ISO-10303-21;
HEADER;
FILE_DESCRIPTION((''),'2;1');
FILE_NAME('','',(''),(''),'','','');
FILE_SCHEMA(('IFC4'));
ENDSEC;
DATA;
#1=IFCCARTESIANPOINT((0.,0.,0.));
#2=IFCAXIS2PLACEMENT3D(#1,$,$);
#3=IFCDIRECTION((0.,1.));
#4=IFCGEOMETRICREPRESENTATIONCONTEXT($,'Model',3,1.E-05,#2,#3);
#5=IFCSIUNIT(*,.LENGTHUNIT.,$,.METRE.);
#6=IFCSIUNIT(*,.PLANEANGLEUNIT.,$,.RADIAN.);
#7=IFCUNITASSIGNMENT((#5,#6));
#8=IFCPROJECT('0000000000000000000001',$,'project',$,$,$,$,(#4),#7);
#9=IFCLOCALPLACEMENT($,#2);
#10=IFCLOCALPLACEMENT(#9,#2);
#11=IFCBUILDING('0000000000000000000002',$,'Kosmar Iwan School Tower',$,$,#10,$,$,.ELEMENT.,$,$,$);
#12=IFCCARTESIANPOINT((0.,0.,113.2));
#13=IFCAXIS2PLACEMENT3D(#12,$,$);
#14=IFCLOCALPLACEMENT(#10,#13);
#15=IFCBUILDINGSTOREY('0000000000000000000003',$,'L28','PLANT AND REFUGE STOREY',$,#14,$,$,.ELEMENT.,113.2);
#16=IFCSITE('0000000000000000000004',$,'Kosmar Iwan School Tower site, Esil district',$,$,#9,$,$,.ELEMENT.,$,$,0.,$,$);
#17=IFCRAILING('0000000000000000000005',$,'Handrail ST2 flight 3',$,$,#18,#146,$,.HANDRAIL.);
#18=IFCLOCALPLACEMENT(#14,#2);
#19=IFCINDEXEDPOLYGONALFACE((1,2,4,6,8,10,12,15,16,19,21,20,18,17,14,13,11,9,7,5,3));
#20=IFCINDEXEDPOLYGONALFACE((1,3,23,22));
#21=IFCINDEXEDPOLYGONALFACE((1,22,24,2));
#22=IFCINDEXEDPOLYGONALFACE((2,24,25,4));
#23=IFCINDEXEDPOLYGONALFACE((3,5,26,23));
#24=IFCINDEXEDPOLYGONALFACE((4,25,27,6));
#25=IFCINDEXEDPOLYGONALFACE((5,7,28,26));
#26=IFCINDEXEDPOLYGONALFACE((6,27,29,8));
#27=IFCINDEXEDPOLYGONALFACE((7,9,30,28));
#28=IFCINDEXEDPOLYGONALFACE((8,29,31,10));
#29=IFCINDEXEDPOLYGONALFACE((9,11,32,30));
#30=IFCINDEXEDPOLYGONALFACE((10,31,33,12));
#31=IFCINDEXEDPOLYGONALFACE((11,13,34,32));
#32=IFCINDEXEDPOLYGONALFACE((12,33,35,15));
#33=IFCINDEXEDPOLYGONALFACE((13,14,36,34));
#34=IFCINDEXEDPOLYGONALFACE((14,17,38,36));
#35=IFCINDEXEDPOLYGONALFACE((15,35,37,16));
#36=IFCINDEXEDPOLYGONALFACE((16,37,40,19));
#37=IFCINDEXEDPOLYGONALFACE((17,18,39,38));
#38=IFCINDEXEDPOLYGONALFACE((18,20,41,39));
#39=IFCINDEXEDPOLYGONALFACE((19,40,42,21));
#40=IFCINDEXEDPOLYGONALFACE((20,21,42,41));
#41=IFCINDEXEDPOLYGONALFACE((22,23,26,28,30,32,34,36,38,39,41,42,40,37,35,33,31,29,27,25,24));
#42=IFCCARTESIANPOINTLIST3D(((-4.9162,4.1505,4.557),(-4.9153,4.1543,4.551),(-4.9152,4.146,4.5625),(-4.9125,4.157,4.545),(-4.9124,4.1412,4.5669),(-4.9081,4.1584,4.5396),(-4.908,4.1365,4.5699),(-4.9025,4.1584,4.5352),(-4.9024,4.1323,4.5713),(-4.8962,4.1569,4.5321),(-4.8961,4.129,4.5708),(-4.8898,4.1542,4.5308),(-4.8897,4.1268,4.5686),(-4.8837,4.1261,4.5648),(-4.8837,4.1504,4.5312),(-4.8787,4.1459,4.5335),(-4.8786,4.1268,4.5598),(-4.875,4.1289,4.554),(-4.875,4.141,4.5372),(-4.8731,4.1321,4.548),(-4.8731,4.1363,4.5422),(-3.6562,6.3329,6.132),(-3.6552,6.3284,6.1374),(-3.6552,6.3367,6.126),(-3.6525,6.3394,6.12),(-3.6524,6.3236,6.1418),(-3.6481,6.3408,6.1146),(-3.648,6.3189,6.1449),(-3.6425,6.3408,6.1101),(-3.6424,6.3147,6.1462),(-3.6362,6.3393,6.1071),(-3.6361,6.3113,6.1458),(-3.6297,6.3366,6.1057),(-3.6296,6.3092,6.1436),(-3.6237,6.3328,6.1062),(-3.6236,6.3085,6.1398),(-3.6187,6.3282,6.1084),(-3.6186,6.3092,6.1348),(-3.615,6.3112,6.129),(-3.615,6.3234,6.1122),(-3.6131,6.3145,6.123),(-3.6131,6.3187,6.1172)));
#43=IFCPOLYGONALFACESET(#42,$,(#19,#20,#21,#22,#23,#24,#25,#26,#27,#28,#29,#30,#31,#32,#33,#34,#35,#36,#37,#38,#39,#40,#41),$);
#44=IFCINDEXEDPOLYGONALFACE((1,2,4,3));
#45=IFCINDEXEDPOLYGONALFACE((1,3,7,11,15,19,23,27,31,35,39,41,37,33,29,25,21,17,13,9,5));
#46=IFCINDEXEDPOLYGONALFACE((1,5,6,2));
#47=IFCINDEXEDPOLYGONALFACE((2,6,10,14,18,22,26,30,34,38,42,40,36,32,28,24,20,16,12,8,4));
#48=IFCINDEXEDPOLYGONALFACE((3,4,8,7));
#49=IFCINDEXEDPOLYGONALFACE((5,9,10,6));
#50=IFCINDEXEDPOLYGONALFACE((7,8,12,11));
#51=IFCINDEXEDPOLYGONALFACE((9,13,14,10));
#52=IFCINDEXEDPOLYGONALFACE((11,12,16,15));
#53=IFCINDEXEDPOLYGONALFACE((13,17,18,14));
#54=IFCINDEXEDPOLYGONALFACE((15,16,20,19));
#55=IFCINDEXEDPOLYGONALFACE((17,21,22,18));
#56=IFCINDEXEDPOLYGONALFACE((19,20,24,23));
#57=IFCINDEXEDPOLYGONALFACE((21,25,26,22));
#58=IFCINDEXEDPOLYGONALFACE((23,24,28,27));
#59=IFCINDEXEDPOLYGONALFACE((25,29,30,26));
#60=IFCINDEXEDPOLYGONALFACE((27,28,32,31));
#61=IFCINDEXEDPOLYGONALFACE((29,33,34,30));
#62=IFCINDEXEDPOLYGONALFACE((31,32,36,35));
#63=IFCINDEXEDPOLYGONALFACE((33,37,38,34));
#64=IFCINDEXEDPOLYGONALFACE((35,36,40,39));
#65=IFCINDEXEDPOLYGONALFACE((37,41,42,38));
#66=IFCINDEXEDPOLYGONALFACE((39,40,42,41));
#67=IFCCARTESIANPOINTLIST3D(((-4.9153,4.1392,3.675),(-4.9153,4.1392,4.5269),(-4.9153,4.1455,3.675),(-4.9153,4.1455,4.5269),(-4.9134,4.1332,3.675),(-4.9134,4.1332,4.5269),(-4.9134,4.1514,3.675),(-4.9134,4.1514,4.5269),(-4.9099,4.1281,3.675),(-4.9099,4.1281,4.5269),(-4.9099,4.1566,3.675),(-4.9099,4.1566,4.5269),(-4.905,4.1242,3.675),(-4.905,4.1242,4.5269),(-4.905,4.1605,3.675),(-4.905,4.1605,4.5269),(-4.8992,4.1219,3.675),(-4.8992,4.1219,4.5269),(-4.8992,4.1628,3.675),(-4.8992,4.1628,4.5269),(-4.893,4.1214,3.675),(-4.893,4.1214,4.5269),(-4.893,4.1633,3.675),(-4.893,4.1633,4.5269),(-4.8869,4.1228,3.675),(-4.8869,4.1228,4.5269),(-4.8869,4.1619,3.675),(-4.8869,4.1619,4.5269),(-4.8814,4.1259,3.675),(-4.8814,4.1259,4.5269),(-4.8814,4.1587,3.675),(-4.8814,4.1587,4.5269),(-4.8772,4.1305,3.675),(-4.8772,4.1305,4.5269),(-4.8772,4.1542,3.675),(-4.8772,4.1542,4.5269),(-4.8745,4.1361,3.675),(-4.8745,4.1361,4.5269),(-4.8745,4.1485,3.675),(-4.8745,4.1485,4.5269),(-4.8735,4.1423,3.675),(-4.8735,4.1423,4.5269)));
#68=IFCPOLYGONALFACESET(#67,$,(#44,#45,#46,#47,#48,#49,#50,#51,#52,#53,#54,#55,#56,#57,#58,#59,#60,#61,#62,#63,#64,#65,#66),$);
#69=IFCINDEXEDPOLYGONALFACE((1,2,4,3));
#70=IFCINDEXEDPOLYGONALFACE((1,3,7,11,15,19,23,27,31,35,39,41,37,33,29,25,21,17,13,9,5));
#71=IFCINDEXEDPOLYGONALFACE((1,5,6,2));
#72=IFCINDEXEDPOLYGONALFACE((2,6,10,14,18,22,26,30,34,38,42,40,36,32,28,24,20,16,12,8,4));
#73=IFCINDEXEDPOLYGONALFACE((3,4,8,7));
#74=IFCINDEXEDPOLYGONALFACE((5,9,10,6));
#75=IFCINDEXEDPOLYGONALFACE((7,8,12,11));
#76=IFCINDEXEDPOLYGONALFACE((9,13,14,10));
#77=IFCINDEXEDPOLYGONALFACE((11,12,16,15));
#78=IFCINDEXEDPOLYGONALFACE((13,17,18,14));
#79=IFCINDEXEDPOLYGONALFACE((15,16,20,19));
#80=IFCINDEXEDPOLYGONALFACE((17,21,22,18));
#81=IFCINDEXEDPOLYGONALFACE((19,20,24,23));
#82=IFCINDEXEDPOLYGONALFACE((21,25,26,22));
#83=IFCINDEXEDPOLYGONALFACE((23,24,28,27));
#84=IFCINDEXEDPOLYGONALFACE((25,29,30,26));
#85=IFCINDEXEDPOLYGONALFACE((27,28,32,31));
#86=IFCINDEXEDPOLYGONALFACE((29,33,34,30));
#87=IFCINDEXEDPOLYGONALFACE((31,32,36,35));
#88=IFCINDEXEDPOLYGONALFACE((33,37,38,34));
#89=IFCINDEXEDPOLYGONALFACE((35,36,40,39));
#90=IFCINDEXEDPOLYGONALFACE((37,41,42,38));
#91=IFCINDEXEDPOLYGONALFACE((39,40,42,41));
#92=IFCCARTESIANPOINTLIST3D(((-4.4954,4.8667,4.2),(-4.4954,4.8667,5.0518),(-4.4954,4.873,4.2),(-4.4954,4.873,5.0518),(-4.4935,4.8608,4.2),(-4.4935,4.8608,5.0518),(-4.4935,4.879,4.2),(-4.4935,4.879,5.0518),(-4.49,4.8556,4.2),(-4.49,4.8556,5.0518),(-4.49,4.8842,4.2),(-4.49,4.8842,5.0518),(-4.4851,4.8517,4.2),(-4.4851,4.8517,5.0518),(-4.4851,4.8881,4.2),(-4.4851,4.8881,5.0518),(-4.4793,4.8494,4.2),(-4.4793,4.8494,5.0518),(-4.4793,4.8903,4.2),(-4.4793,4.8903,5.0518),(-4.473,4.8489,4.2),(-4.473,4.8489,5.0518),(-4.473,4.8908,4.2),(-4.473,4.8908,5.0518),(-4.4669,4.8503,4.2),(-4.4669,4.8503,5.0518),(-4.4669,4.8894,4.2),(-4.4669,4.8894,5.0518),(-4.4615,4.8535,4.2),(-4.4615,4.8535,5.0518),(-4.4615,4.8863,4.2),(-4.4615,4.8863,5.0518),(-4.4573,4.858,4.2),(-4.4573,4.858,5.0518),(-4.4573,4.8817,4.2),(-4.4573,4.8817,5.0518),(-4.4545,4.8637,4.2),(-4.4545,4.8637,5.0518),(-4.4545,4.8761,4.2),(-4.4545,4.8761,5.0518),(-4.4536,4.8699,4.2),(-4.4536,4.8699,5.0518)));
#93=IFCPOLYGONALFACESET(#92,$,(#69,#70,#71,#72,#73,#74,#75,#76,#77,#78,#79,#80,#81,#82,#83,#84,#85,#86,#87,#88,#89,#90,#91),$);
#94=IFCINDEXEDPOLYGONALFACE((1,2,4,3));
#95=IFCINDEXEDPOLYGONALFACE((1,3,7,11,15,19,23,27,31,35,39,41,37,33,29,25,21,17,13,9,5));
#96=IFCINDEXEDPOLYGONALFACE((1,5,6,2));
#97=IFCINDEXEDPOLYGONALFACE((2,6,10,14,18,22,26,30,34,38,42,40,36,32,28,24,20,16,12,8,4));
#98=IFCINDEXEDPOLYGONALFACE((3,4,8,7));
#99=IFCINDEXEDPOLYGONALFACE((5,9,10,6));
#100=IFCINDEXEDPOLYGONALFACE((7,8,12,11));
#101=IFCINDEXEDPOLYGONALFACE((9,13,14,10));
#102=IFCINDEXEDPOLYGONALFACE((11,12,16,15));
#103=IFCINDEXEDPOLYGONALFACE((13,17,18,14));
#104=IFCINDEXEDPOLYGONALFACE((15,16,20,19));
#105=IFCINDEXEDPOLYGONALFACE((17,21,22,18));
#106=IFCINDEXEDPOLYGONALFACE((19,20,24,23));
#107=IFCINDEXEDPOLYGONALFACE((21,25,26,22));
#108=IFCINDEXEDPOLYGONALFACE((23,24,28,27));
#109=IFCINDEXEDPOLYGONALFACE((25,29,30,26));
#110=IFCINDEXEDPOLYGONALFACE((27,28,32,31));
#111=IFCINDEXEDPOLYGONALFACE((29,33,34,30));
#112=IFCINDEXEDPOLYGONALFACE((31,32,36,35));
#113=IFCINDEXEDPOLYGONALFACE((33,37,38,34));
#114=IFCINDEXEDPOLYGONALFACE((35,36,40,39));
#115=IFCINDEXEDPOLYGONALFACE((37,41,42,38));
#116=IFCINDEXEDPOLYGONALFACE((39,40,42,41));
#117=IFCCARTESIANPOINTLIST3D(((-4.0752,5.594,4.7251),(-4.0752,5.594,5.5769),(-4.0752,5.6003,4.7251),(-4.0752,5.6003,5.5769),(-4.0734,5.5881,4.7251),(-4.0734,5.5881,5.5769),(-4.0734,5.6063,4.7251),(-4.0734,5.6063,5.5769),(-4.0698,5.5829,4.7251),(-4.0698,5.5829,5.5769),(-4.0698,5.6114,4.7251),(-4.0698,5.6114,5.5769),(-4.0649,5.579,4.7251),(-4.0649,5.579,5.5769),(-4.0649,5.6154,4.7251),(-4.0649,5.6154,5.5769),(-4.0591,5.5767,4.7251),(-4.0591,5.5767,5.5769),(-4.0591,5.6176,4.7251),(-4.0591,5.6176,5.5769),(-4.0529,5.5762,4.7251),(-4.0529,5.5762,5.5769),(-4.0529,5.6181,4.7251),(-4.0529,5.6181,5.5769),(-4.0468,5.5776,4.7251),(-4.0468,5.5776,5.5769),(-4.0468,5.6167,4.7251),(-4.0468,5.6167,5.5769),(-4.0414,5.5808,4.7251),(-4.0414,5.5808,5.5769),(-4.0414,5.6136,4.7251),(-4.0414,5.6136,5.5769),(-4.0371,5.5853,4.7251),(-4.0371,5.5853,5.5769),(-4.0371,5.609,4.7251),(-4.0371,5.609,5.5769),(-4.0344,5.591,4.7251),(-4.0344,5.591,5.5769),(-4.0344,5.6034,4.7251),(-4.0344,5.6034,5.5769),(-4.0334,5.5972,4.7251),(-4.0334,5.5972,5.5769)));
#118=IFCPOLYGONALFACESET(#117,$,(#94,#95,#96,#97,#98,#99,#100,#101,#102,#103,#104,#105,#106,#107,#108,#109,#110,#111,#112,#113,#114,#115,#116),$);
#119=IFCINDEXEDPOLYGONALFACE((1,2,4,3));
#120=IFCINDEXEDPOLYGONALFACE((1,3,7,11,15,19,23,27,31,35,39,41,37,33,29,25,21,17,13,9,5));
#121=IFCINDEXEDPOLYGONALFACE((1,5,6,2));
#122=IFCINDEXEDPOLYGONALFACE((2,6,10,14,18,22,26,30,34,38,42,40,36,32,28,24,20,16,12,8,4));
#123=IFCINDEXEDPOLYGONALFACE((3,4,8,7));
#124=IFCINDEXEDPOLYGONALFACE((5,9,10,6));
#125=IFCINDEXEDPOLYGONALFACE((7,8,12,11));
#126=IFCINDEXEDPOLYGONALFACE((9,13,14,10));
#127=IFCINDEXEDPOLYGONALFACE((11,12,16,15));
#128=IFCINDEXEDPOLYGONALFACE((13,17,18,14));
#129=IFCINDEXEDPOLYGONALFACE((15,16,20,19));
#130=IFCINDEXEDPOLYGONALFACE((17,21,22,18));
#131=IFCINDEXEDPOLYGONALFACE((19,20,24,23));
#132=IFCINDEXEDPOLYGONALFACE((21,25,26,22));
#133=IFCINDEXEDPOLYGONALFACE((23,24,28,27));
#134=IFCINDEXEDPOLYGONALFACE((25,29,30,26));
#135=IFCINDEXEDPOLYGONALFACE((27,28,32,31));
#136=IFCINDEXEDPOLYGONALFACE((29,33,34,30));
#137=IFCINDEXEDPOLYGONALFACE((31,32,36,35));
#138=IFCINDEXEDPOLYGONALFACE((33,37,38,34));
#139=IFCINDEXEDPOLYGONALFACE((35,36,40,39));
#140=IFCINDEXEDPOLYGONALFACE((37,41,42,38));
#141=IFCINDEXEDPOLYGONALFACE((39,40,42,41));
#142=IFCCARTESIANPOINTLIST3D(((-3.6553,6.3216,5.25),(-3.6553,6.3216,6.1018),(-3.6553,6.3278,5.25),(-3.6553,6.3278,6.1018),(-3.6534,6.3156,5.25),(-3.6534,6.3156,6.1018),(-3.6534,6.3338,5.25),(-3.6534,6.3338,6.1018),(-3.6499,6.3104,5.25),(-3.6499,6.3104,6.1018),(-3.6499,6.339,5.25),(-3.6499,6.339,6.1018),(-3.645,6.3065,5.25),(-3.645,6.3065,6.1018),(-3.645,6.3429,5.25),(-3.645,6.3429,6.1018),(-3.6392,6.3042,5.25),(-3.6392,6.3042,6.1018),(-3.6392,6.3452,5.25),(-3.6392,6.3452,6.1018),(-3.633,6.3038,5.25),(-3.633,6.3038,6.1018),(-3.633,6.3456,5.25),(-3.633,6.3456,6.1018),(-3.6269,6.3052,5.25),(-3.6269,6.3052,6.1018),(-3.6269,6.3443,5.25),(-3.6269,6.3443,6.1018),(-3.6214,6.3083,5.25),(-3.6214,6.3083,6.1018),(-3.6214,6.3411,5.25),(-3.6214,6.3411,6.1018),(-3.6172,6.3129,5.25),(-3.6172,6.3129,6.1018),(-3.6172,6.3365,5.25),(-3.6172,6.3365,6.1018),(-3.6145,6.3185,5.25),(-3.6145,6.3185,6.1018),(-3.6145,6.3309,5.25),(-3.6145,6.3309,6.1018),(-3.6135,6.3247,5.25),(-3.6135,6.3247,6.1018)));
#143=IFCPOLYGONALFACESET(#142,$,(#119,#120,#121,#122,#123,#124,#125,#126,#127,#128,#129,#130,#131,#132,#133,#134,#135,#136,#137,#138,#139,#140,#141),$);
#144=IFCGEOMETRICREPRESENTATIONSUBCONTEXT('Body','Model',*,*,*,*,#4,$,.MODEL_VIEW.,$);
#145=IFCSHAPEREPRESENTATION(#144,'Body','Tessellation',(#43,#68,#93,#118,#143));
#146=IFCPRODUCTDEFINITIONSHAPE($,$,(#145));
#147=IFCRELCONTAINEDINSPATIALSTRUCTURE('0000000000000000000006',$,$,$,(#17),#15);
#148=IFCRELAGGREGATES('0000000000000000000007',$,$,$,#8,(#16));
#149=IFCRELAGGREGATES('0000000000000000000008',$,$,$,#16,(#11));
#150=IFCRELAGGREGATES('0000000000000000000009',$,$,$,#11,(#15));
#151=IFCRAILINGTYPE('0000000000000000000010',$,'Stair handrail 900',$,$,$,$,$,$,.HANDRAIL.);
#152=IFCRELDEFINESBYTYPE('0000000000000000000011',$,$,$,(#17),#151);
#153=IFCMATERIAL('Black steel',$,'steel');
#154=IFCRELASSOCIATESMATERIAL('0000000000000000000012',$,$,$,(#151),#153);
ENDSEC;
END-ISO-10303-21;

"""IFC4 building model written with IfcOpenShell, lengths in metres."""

from ifc_helpers import new_model, si_unit, direction, frame, origin, origin_2d, place, context, subcontext, project, spatial, circle, extrude, material, type_object, element, save


model = new_model("IFC4")

# Units and contexts
model_context = context("Model", 3, precision=1e-05, world=origin(), true_north=direction((0.0, 1.0)))
body_context = subcontext(model_context, "Body", "Model", "MODEL_VIEW")
ifc_project = project(units=[si_unit("LENGTHUNIT", "METRE"), si_unit("PLANEANGLEUNIT", "RADIAN")], contexts=[model_context])

# Site, building, storey
site_placement = place(None, origin())
site = spatial("IfcSite", under=ifc_project, at=site_placement, Name="Kosmar Iwan School Tower site, Esil district", CompositionType="ELEMENT", RefElevation=0.0)
building_placement = place(site_placement, origin())
building = spatial("IfcBuilding", under=site, at=building_placement, Name="Kosmar Iwan School Tower", CompositionType="ELEMENT")
storey_placement = place(building_placement, frame((0.0, 0.0, 113.2)))
storey = spatial("IfcBuildingStorey", under=building, at=storey_placement, Name="L28", Description="PLANT AND REFUGE STOREY", CompositionType="ELEMENT", Elevation=113.2)

# Railing
ifc_material_1 = material(Name="Black steel", Category="steel")
railing_type = type_object("IfcRailingType", Name="Stair handrail 900", PredefinedType="HANDRAIL", material=ifc_material_1)
for number, where, name in (
    (1, (-4.8945, 4.1423, 3.675), "Handrail ST2 flight 3"),
):
    element("IfcRailing", number, at=place(storey_placement, frame(where)), inside=storey, type_object=railing_type, Name=name, PredefinedType="HANDRAIL", context=body_context, shape_type="SweptSolid", body=[
        extrude(circle(Radius=0.0239, at=origin_2d()), frame((0.0, 0.0, 0.876), z_axis=(0.424007, 0.734392, 0.529988), x_axis=(-0.866023, 0.500005, 0.0)), (0.0, 0.0, 1.0), 2.9717),
        extrude(circle(Radius=0.021, at=origin_2d()), origin(), (0.0, 0.0, 1.0), 0.8518),
        extrude(circle(Radius=0.021, at=origin_2d()), frame((0.4199, 0.7275, 0.5249)), (0.0, 0.0, 1.0), 0.8518),
        extrude(circle(Radius=0.021, at=origin_2d()), frame((0.8401, 1.4548, 1.05)), (0.0, 0.0, 1.0), 0.8518),
        extrude(circle(Radius=0.021, at=origin_2d()), frame((1.26, 2.1824, 1.575)), (0.0, 0.0, 1.0), 0.8518),
    ])

save(model, "model.ifc")
